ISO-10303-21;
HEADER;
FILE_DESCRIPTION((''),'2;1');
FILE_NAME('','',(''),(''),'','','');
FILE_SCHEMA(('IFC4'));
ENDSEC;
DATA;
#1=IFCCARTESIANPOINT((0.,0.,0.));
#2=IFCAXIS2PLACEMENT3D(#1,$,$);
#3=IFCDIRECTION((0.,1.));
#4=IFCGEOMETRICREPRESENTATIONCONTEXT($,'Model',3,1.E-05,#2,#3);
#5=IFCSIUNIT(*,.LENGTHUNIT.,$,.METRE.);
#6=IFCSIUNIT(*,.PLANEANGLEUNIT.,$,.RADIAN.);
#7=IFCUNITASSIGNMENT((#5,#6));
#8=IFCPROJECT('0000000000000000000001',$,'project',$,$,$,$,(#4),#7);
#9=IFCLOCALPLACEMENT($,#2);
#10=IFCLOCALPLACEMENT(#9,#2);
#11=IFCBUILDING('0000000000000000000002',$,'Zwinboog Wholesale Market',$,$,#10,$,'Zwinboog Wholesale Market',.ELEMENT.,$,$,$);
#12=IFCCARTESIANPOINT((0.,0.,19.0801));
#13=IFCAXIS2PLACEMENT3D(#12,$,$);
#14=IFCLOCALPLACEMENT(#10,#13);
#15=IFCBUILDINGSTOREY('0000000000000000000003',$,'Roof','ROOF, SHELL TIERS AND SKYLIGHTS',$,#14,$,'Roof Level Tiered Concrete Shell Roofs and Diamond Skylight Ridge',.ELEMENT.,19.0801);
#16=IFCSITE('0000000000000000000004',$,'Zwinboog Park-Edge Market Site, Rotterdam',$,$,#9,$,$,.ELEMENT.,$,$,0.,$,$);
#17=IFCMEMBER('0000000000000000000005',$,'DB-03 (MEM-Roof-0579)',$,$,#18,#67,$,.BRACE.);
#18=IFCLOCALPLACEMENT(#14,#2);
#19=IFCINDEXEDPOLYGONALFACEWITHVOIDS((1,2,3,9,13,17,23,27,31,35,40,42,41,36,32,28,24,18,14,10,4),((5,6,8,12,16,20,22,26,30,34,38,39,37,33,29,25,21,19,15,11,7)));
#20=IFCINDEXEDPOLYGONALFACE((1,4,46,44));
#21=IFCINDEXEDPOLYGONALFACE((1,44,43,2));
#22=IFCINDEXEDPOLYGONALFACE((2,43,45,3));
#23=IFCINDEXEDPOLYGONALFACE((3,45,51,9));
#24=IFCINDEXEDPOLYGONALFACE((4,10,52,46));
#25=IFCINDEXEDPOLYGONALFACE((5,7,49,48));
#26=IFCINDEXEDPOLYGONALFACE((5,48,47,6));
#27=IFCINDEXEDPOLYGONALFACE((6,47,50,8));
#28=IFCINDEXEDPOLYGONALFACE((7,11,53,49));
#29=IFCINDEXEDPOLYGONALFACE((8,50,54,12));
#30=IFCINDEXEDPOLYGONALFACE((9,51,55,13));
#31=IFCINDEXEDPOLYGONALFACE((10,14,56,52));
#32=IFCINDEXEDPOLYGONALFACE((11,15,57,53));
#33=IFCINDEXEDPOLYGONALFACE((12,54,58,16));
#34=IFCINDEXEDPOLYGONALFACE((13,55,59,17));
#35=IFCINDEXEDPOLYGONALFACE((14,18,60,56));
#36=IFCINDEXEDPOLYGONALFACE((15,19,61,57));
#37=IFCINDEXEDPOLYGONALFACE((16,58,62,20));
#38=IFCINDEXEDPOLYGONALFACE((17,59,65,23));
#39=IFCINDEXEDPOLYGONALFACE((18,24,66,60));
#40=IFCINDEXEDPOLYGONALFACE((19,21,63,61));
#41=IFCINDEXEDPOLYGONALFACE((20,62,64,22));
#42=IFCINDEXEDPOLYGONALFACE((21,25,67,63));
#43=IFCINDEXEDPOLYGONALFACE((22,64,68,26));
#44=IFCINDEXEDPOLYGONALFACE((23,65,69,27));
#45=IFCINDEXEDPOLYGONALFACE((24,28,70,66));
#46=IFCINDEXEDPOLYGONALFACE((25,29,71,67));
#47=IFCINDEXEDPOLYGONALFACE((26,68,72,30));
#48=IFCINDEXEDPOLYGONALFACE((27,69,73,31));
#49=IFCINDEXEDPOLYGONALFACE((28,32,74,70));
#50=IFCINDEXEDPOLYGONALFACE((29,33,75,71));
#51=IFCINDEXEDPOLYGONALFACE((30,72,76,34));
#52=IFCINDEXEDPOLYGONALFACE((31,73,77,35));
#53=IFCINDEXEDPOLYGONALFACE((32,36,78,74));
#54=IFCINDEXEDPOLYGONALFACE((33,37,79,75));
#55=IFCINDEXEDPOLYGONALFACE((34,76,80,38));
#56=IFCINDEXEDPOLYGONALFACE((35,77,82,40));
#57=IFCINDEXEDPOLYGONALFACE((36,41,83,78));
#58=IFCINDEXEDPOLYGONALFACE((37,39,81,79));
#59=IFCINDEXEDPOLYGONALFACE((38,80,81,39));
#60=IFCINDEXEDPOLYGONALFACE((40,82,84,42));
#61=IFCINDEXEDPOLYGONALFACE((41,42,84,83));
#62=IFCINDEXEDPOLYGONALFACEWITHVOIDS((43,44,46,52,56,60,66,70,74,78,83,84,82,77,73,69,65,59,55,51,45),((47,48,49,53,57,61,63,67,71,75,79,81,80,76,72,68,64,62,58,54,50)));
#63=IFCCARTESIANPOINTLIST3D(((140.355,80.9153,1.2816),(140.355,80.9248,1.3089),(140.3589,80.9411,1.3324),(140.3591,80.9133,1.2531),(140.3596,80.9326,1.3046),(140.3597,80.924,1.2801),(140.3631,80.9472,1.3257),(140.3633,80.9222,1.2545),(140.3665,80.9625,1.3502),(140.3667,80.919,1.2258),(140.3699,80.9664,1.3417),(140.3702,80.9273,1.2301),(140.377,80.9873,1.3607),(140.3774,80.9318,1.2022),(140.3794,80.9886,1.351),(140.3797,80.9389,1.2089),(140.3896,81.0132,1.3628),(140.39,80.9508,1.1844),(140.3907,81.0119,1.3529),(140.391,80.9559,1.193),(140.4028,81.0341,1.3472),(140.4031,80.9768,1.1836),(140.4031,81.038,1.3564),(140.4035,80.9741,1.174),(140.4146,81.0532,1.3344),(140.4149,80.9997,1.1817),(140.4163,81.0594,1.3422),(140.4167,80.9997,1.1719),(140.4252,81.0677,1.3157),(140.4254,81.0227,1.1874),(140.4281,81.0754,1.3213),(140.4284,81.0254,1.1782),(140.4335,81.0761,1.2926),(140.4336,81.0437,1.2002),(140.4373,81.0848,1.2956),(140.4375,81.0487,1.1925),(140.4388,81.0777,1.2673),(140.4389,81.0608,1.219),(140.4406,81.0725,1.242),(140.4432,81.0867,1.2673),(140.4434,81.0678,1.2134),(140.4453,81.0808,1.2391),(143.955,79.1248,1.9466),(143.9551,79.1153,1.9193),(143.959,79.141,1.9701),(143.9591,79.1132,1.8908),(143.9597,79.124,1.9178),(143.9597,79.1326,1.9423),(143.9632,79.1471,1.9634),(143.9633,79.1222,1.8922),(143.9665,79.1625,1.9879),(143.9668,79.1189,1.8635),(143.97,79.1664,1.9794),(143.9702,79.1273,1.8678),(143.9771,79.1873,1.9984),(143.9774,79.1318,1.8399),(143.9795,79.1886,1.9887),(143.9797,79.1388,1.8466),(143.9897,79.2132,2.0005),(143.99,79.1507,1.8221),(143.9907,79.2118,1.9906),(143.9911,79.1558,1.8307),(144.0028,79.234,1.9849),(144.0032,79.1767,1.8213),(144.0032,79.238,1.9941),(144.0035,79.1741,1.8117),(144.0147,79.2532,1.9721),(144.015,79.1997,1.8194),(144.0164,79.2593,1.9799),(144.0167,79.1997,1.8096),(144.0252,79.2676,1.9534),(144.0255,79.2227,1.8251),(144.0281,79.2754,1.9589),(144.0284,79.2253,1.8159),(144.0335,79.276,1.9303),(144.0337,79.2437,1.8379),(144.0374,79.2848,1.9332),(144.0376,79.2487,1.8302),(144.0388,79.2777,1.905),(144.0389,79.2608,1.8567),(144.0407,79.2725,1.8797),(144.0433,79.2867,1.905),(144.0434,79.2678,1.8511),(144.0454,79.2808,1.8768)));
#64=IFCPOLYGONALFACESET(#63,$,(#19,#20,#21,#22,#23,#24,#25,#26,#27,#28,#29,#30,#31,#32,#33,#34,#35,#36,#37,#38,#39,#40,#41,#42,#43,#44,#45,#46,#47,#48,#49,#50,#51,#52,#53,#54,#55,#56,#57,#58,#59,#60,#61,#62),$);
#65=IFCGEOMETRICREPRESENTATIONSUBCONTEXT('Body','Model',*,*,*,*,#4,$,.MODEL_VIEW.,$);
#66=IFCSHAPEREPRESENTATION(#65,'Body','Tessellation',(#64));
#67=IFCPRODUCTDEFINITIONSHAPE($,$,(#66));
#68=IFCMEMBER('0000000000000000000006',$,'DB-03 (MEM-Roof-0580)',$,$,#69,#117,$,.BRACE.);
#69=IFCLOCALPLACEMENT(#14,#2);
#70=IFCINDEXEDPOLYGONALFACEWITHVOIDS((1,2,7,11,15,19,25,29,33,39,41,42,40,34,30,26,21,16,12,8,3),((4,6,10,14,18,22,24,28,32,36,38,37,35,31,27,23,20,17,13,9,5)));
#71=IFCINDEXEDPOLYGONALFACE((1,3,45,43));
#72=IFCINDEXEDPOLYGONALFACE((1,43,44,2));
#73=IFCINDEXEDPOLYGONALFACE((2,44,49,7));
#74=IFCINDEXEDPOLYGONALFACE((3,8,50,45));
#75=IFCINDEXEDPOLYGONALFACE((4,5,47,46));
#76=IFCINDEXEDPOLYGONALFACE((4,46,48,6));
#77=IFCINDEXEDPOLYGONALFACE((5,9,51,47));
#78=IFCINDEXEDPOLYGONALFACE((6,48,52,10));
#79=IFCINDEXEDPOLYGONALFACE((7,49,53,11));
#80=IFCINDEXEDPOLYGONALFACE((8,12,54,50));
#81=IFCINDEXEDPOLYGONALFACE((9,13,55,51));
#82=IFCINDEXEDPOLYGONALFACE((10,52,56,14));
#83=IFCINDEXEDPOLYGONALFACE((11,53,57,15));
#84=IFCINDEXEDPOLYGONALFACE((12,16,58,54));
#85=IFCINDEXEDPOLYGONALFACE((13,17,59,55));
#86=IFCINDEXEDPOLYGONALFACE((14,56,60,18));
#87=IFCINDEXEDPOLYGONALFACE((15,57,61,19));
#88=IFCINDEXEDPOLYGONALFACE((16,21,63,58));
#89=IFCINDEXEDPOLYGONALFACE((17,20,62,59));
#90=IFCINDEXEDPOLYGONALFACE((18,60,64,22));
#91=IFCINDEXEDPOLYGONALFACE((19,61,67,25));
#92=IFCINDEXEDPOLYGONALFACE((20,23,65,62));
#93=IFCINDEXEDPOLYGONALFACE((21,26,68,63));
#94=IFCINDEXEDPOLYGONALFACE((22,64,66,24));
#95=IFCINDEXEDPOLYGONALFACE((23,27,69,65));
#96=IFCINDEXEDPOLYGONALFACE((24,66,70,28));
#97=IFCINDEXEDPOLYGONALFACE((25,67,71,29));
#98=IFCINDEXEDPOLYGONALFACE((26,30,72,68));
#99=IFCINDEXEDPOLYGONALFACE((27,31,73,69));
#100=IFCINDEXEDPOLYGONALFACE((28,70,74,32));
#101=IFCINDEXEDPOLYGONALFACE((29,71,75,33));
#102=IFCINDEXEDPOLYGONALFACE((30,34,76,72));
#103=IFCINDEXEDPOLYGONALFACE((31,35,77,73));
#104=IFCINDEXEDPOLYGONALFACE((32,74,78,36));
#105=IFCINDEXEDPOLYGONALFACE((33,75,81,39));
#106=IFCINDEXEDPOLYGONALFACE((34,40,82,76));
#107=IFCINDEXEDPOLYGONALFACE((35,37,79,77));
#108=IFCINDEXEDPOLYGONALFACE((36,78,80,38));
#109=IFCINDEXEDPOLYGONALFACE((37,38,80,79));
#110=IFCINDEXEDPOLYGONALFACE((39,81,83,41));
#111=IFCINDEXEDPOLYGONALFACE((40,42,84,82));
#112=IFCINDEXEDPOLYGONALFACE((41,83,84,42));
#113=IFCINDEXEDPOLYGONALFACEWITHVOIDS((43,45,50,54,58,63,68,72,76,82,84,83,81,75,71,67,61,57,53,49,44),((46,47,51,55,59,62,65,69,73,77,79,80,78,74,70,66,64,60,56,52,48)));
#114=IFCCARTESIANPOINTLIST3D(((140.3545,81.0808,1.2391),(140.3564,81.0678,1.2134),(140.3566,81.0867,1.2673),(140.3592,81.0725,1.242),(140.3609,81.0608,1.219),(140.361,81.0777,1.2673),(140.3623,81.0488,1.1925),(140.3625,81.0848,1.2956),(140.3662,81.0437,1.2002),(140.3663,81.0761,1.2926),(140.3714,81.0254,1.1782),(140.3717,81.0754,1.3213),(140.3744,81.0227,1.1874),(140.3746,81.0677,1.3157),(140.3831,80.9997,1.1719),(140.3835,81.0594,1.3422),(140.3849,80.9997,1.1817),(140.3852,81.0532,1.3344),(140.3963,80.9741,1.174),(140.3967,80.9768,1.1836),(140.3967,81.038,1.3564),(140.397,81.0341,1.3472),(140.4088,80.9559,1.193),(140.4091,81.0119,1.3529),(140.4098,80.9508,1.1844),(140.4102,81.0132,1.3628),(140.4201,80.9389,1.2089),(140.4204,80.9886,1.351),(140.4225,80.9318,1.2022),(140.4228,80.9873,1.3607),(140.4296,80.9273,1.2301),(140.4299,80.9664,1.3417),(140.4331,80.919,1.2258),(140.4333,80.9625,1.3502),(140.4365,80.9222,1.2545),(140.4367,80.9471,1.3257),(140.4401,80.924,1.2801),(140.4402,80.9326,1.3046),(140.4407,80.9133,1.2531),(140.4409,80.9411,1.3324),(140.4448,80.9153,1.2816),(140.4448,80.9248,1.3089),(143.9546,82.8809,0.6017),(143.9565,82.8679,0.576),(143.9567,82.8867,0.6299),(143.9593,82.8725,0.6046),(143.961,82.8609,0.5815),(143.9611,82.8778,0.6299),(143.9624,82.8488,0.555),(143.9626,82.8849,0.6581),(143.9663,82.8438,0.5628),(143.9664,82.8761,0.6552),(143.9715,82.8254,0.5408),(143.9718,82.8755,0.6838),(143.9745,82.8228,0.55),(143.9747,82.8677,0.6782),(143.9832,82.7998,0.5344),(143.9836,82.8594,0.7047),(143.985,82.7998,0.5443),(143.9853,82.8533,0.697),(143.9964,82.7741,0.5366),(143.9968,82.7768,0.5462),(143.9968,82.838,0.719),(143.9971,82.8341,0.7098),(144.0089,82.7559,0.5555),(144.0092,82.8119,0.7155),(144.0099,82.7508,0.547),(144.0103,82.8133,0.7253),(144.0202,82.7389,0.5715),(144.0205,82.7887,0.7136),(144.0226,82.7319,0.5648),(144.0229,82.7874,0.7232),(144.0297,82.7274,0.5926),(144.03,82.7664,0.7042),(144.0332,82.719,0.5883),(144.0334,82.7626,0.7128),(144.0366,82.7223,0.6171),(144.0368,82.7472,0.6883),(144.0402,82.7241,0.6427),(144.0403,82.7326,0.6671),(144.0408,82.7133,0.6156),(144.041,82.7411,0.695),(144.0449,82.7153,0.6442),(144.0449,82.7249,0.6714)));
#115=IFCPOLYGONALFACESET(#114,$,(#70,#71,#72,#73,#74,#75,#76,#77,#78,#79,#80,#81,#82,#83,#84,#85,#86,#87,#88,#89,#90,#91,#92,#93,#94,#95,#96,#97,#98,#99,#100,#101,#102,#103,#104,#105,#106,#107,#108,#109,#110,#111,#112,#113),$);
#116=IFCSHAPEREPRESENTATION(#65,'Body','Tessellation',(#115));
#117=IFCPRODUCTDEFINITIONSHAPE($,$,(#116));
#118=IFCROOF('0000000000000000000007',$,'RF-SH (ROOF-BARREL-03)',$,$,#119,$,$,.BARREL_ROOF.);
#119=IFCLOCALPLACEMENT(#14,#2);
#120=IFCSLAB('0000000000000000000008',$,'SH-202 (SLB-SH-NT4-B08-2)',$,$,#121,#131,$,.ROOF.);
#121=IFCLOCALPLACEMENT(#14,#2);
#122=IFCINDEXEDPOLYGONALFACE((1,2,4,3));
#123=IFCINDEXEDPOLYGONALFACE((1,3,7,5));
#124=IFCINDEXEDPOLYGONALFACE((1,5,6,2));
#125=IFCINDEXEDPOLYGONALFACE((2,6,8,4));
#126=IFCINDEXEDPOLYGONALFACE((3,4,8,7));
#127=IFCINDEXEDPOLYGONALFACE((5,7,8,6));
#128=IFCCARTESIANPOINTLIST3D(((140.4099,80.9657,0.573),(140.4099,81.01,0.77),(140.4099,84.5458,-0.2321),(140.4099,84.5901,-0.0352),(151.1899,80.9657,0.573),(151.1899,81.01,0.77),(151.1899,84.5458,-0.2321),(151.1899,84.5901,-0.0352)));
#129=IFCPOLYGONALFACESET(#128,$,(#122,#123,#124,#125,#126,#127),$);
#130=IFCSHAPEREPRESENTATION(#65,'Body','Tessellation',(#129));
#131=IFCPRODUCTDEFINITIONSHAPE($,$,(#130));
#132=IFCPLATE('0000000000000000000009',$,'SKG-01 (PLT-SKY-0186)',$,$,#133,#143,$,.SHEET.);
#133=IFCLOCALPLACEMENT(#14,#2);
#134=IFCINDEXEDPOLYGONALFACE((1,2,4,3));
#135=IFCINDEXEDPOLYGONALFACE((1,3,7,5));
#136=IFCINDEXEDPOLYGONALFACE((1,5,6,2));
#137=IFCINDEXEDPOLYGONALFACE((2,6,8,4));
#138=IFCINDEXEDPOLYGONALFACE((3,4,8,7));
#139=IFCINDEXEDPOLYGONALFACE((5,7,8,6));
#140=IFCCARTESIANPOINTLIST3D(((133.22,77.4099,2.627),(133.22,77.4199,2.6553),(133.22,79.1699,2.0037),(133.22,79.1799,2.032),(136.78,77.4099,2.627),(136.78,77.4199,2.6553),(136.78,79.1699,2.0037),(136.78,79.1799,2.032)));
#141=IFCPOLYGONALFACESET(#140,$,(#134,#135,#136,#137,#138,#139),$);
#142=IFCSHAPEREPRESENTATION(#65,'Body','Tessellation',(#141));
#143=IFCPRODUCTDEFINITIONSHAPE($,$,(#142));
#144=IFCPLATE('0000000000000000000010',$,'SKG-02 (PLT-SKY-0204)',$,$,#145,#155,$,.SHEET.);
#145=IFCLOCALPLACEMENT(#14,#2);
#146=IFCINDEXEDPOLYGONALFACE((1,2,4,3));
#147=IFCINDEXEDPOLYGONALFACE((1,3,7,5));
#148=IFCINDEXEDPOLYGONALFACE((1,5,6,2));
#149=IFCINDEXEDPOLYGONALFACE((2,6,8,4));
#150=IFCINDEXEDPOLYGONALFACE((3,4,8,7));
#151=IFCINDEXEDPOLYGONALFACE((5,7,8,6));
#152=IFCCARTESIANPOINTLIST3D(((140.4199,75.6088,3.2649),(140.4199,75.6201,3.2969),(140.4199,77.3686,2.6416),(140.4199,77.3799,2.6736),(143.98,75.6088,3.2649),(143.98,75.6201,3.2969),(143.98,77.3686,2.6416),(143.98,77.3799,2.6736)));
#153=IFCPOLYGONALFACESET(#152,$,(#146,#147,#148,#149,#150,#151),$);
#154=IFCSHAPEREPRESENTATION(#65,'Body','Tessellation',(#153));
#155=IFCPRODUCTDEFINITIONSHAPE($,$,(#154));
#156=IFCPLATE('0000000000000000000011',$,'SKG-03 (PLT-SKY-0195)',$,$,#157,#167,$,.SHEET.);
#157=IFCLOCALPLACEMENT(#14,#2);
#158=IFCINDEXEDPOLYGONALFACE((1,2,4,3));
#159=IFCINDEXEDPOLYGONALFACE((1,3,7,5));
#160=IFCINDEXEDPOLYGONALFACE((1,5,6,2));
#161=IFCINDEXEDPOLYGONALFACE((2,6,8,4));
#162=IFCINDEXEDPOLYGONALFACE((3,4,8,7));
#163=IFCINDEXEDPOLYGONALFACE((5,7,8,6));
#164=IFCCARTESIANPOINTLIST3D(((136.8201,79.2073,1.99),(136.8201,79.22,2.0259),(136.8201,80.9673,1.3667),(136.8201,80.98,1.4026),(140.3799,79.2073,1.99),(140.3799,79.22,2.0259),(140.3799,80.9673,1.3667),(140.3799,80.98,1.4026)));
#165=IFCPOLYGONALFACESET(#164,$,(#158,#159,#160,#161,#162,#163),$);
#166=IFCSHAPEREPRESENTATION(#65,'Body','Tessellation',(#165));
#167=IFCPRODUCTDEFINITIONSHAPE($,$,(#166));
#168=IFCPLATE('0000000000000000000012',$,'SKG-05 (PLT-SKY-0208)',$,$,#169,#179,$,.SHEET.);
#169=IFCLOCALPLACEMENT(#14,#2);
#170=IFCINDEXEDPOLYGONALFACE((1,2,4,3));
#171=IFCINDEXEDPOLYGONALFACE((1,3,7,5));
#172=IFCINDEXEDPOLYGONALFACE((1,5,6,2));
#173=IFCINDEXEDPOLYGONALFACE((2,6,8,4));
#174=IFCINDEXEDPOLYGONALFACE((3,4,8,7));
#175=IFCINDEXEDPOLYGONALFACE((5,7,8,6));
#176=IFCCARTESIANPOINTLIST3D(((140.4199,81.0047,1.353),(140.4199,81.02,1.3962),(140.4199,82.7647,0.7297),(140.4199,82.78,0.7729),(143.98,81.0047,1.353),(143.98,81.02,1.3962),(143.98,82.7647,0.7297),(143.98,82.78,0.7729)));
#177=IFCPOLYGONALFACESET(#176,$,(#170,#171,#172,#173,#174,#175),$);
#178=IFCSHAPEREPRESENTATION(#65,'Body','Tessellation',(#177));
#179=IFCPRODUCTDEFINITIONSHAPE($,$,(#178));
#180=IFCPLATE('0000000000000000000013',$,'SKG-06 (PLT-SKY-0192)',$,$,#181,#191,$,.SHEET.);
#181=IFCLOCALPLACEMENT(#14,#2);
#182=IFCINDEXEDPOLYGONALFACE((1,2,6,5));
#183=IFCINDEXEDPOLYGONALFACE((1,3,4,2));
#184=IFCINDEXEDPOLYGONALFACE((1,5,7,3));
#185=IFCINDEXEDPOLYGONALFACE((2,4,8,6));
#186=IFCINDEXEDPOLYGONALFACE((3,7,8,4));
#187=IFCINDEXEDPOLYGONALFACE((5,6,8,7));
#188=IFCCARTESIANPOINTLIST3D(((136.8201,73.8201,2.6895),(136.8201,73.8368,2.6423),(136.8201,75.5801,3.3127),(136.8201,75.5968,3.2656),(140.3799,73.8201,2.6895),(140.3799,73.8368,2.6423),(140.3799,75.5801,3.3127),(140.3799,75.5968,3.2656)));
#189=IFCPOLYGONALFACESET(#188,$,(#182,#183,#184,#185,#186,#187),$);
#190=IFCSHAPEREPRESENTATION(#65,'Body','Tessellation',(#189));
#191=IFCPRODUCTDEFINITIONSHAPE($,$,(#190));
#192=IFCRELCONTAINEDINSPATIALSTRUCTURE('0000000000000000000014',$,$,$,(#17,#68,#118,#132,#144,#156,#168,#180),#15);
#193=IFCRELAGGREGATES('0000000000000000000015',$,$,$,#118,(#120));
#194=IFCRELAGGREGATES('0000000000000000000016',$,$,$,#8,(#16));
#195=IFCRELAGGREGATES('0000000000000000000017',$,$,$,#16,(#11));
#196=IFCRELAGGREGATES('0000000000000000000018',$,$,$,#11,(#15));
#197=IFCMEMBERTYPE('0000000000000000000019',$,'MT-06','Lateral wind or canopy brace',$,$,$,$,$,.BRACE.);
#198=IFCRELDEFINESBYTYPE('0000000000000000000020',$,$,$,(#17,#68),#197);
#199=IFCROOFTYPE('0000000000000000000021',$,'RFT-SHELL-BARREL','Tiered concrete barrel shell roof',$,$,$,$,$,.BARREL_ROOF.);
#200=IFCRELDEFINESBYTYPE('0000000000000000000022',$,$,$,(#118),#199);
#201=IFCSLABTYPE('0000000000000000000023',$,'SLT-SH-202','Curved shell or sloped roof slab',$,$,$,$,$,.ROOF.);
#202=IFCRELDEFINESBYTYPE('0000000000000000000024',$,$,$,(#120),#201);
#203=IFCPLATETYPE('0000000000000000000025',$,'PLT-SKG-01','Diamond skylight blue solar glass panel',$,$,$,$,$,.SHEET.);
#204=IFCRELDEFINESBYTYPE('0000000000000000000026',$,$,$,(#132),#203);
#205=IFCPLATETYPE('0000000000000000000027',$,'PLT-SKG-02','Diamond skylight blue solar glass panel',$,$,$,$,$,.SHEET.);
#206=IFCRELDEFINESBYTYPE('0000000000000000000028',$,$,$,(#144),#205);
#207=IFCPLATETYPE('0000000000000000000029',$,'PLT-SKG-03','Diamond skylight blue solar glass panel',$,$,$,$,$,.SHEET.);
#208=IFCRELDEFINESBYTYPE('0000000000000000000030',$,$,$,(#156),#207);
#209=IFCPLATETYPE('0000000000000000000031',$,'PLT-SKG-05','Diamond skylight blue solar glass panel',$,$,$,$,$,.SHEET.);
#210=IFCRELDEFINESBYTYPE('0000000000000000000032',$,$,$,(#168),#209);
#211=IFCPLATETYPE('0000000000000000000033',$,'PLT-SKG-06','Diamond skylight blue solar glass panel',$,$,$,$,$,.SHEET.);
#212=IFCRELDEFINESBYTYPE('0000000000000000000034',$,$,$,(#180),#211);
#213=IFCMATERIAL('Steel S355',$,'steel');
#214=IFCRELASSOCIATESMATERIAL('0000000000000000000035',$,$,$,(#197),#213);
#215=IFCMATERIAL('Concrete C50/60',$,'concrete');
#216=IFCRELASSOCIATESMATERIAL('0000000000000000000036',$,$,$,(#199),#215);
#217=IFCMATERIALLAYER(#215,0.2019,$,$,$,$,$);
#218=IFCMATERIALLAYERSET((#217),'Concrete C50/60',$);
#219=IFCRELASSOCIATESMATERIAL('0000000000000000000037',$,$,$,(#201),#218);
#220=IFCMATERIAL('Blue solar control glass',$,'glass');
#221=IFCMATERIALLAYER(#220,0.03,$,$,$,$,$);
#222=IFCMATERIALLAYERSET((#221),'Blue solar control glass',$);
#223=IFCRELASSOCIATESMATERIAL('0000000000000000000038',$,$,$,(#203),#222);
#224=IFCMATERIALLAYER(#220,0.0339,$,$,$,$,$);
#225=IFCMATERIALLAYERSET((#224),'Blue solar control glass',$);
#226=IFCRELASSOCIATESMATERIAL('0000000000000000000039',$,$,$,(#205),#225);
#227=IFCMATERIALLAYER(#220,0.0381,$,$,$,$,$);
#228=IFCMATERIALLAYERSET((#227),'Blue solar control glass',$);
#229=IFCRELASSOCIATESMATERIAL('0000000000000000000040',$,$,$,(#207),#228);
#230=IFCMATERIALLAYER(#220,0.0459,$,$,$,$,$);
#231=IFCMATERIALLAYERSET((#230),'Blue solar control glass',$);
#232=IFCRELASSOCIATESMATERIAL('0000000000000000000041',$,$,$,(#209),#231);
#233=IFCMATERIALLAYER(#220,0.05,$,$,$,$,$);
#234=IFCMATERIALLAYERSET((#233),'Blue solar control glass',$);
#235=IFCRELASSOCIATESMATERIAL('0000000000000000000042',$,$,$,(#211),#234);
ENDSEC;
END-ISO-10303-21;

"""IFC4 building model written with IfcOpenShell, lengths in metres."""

from ifc_helpers import new_model, si_unit, direction, frame, origin, origin_2d, place, context, subcontext, project, spatial, polyline, hollow_circle, outline, extrude, material, layer, layer_set, material_profile, profile_set, type_object, element, aggregate, save


model = new_model("IFC4")

# Units and contexts
model_context = context("Model", 3, precision=1e-05, world=origin(), true_north=direction((0.0, 1.0)))
body_context = subcontext(model_context, "Body", "Model", "MODEL_VIEW")
ifc_project = project(units=[si_unit("LENGTHUNIT", "METRE"), si_unit("PLANEANGLEUNIT", "RADIAN")], contexts=[model_context])

# Site, building, storey
site_placement = place(None, origin())
site = spatial("IfcSite", under=ifc_project, at=site_placement, Name="Zwinboog Park-Edge Market Site, Rotterdam", CompositionType="ELEMENT", RefElevation=0.0)
building_placement = place(site_placement, origin())
building = spatial("IfcBuilding", under=site, at=building_placement, Name="Zwinboog Wholesale Market", LongName="Zwinboog Wholesale Market", CompositionType="ELEMENT")
storey_placement = place(building_placement, frame((0.0, 0.0, 19.0801)))
storey = spatial("IfcBuildingStorey", under=building, at=storey_placement, Name="Roof", Description="ROOF, SHELL TIERS AND SKYLIGHTS", LongName="Roof Level Tiered Concrete Shell Roofs and Diamond Skylight Ridge", CompositionType="ELEMENT", Elevation=19.0801)

# Members
ifc_material_1 = material(Name="Steel S355", Category="steel")
ifc_material_profile_1 = material_profile(ifc_material_1, hollow_circle(Radius=0.0969, WallThickness=0.01, at=origin_2d()), Name="CHS 193.7x10")
ifc_profile_set_1 = profile_set([ifc_material_profile_1], Name="Steel S355")
member_type_1 = type_object("IfcMemberType", Name="MT-06", Description="Lateral wind or canopy brace", PredefinedType="BRACE", material=ifc_profile_set_1)
for number, where, z_axis, x_axis, name in (
    (1, (140.3999, 81.0, 1.2673), (0.883409, -0.441704, 0.156481), (0.447214, 0.894427, 0.0), "DB-03 (MEM-Roof-0579)"),
    (2, (140.3999, 81.0, 1.2673), (0.883417, 0.441709, -0.156422), (-0.447214, 0.894427, 0.0), "DB-03 (MEM-Roof-0580)"),
):
    element("IfcMember", number, at=place(storey_placement, frame(where, z_axis=z_axis, x_axis=x_axis)), inside=storey, type_object=member_type_1, Name=name, PredefinedType="BRACE", context=body_context, shape_type="SweptSolid", body=[
        extrude(hollow_circle(Radius=0.0969, WallThickness=0.01, at=origin_2d()), origin(), (0.0, 0.0, 1.0), 4.0752),
    ])

# Roof, slab
ifc_material_2 = material(Name="Concrete C50/60", Category="concrete")
roof_type = type_object("IfcRoofType", Name="RFT-SHELL-BARREL", Description="Tiered concrete barrel shell roof", PredefinedType="BARREL_ROOF", material=ifc_material_2)
roof_placement = place(storey_placement, origin())
roof = element("IfcRoof", 3, at=roof_placement, inside=storey, type_object=roof_type, Name="RF-SH (ROOF-BARREL-03)", PredefinedType="BARREL_ROOF")
ifc_layer_1 = layer(ifc_material_2, 0.2019)
ifc_layer_set_1 = layer_set([ifc_layer_1], Name="Concrete C50/60")
slab_type = type_object("IfcSlabType", Name="SLT-SH-202", Description="Curved shell or sloped roof slab", PredefinedType="ROOF", material=ifc_layer_set_1)
slab_placement = place(storey_placement, frame((140.4099, 81.01, 0.77), z_axis=(0.0, 0.219424, 0.97563), x_axis=(1.0, 0.0, 0.0)))
slab = element("IfcSlab", 4, at=slab_placement, type_object=slab_type, Name="SH-202 (SLB-SH-NT4-B08-2)", PredefinedType="ROOF", context=body_context, shape_type="SweptSolid", body=[
    extrude(outline(polyline([(0.0, 0.0), (10.78, 0.0), (10.78, 3.6695), (0.0, 3.6695), (0.0, 0.0)])), origin(), (0.0, 0.0, -1.0), 0.2019),
])
aggregate(roof, [slab])

# Plates
ifc_material_3 = material(Name="Blue solar control glass", Category="glass")
ifc_layer_2 = layer(ifc_material_3, 0.03)
ifc_layer_set_2 = layer_set([ifc_layer_2], Name="Blue solar control glass")
plate_type_1 = type_object("IfcPlateType", Name="PLT-SKG-01", Description="Diamond skylight blue solar glass panel", PredefinedType="SHEET", material=ifc_layer_set_2)
plate_1_placement = place(storey_placement, frame((133.22, 77.4199, 2.6553), z_axis=(0.0, 0.333825, 0.942635), x_axis=(1.0, 0.0, 0.0)))
element("IfcPlate", 5, at=plate_1_placement, inside=storey, type_object=plate_type_1, Name="SKG-01 (PLT-SKY-0186)", PredefinedType="SHEET", context=body_context, shape_type="SweptSolid", body=[
    extrude(outline(polyline([(0.0, 0.0), (3.5601, 0.0), (3.5601, 1.8671), (0.0, 1.8671), (0.0, 0.0)])), origin(), (0.0, 0.0, -1.0), 0.03),
])
ifc_layer_3 = layer(ifc_material_3, 0.0339)
ifc_layer_set_3 = layer_set([ifc_layer_3], Name="Blue solar control glass")
plate_type_2 = type_object("IfcPlateType", Name="PLT-SKG-02", Description="Diamond skylight blue solar glass panel", PredefinedType="SHEET", material=ifc_layer_set_3)
plate_2_placement = place(storey_placement, frame((140.4199, 75.6201, 3.2969), z_axis=(0.0, 0.333867, 0.94262), x_axis=(1.0, 0.0, 0.0)))
element("IfcPlate", 6, at=plate_2_placement, inside=storey, type_object=plate_type_2, Name="SKG-02 (PLT-SKY-0204)", PredefinedType="SHEET", context=body_context, shape_type="SweptSolid", body=[
    extrude(outline(polyline([(0.0, 0.0), (3.5601, 0.0), (3.5601, 1.8669), (0.0, 1.8669), (0.0, 0.0)])), origin(), (0.0, 0.0, -1.0), 0.0339),
])
ifc_layer_4 = layer(ifc_material_3, 0.0381)
ifc_layer_set_4 = layer_set([ifc_layer_4], Name="Blue solar control glass")
plate_type_3 = type_object("IfcPlateType", Name="PLT-SKG-03", Description="Diamond skylight blue solar glass panel", PredefinedType="SHEET", material=ifc_layer_set_4)
plate_3_placement = place(storey_placement, frame((136.8201, 79.22, 2.0259), z_axis=(0.0, 0.333825, 0.942635), x_axis=(1.0, 0.0, 0.0)))
element("IfcPlate", 7, at=plate_3_placement, inside=storey, type_object=plate_type_3, Name="SKG-03 (PLT-SKY-0195)", PredefinedType="SHEET", context=body_context, shape_type="SweptSolid", body=[
    extrude(outline(polyline([(0.0, 0.0), (3.5598, 0.0), (3.5598, 1.8671), (0.0, 1.8671), (0.0, 0.0)])), origin(), (0.0, 0.0, -1.0), 0.0381),
])
ifc_layer_5 = layer(ifc_material_3, 0.0459)
ifc_layer_set_5 = layer_set([ifc_layer_5], Name="Blue solar control glass")
plate_type_4 = type_object("IfcPlateType", Name="PLT-SKG-05", Description="Diamond skylight blue solar glass panel", PredefinedType="SHEET", material=ifc_layer_set_5)
plate_4_placement = place(storey_placement, frame((140.4199, 81.02, 1.3962), z_axis=(0.0, 0.333825, 0.942635), x_axis=(1.0, 0.0, 0.0)))
element("IfcPlate", 8, at=plate_4_placement, inside=storey, type_object=plate_type_4, Name="SKG-05 (PLT-SKY-0208)", PredefinedType="SHEET", context=body_context, shape_type="SweptSolid", body=[
    extrude(outline(polyline([(0.0, 0.0), (3.5601, 0.0), (3.5601, 1.8671), (0.0, 1.8671), (0.0, 0.0)])), origin(), (0.0, 0.0, -1.0), 0.0459),
])
ifc_layer_6 = layer(ifc_material_3, 0.05)
ifc_layer_set_6 = layer_set([ifc_layer_6], Name="Blue solar control glass")
plate_type_5 = type_object("IfcPlateType", Name="PLT-SKG-06", Description="Diamond skylight blue solar glass panel", PredefinedType="SHEET", material=ifc_layer_set_6)
plate_5_placement = place(storey_placement, frame((136.8201, 73.8201, 2.6895), z_axis=(0.0, -0.333825, 0.942635), x_axis=(1.0, 0.0, 0.0)))
element("IfcPlate", 9, at=plate_5_placement, inside=storey, type_object=plate_type_5, Name="SKG-06 (PLT-SKY-0192)", PredefinedType="SHEET", context=body_context, shape_type="SweptSolid", body=[
    extrude(outline(polyline([(0.0, 0.0), (3.5598, 0.0), (3.5598, 1.8671), (0.0, 1.8671), (0.0, 0.0)])), origin(), (0.0, 0.0, -1.0), 0.05),
])

save(model, "model.ifc")
